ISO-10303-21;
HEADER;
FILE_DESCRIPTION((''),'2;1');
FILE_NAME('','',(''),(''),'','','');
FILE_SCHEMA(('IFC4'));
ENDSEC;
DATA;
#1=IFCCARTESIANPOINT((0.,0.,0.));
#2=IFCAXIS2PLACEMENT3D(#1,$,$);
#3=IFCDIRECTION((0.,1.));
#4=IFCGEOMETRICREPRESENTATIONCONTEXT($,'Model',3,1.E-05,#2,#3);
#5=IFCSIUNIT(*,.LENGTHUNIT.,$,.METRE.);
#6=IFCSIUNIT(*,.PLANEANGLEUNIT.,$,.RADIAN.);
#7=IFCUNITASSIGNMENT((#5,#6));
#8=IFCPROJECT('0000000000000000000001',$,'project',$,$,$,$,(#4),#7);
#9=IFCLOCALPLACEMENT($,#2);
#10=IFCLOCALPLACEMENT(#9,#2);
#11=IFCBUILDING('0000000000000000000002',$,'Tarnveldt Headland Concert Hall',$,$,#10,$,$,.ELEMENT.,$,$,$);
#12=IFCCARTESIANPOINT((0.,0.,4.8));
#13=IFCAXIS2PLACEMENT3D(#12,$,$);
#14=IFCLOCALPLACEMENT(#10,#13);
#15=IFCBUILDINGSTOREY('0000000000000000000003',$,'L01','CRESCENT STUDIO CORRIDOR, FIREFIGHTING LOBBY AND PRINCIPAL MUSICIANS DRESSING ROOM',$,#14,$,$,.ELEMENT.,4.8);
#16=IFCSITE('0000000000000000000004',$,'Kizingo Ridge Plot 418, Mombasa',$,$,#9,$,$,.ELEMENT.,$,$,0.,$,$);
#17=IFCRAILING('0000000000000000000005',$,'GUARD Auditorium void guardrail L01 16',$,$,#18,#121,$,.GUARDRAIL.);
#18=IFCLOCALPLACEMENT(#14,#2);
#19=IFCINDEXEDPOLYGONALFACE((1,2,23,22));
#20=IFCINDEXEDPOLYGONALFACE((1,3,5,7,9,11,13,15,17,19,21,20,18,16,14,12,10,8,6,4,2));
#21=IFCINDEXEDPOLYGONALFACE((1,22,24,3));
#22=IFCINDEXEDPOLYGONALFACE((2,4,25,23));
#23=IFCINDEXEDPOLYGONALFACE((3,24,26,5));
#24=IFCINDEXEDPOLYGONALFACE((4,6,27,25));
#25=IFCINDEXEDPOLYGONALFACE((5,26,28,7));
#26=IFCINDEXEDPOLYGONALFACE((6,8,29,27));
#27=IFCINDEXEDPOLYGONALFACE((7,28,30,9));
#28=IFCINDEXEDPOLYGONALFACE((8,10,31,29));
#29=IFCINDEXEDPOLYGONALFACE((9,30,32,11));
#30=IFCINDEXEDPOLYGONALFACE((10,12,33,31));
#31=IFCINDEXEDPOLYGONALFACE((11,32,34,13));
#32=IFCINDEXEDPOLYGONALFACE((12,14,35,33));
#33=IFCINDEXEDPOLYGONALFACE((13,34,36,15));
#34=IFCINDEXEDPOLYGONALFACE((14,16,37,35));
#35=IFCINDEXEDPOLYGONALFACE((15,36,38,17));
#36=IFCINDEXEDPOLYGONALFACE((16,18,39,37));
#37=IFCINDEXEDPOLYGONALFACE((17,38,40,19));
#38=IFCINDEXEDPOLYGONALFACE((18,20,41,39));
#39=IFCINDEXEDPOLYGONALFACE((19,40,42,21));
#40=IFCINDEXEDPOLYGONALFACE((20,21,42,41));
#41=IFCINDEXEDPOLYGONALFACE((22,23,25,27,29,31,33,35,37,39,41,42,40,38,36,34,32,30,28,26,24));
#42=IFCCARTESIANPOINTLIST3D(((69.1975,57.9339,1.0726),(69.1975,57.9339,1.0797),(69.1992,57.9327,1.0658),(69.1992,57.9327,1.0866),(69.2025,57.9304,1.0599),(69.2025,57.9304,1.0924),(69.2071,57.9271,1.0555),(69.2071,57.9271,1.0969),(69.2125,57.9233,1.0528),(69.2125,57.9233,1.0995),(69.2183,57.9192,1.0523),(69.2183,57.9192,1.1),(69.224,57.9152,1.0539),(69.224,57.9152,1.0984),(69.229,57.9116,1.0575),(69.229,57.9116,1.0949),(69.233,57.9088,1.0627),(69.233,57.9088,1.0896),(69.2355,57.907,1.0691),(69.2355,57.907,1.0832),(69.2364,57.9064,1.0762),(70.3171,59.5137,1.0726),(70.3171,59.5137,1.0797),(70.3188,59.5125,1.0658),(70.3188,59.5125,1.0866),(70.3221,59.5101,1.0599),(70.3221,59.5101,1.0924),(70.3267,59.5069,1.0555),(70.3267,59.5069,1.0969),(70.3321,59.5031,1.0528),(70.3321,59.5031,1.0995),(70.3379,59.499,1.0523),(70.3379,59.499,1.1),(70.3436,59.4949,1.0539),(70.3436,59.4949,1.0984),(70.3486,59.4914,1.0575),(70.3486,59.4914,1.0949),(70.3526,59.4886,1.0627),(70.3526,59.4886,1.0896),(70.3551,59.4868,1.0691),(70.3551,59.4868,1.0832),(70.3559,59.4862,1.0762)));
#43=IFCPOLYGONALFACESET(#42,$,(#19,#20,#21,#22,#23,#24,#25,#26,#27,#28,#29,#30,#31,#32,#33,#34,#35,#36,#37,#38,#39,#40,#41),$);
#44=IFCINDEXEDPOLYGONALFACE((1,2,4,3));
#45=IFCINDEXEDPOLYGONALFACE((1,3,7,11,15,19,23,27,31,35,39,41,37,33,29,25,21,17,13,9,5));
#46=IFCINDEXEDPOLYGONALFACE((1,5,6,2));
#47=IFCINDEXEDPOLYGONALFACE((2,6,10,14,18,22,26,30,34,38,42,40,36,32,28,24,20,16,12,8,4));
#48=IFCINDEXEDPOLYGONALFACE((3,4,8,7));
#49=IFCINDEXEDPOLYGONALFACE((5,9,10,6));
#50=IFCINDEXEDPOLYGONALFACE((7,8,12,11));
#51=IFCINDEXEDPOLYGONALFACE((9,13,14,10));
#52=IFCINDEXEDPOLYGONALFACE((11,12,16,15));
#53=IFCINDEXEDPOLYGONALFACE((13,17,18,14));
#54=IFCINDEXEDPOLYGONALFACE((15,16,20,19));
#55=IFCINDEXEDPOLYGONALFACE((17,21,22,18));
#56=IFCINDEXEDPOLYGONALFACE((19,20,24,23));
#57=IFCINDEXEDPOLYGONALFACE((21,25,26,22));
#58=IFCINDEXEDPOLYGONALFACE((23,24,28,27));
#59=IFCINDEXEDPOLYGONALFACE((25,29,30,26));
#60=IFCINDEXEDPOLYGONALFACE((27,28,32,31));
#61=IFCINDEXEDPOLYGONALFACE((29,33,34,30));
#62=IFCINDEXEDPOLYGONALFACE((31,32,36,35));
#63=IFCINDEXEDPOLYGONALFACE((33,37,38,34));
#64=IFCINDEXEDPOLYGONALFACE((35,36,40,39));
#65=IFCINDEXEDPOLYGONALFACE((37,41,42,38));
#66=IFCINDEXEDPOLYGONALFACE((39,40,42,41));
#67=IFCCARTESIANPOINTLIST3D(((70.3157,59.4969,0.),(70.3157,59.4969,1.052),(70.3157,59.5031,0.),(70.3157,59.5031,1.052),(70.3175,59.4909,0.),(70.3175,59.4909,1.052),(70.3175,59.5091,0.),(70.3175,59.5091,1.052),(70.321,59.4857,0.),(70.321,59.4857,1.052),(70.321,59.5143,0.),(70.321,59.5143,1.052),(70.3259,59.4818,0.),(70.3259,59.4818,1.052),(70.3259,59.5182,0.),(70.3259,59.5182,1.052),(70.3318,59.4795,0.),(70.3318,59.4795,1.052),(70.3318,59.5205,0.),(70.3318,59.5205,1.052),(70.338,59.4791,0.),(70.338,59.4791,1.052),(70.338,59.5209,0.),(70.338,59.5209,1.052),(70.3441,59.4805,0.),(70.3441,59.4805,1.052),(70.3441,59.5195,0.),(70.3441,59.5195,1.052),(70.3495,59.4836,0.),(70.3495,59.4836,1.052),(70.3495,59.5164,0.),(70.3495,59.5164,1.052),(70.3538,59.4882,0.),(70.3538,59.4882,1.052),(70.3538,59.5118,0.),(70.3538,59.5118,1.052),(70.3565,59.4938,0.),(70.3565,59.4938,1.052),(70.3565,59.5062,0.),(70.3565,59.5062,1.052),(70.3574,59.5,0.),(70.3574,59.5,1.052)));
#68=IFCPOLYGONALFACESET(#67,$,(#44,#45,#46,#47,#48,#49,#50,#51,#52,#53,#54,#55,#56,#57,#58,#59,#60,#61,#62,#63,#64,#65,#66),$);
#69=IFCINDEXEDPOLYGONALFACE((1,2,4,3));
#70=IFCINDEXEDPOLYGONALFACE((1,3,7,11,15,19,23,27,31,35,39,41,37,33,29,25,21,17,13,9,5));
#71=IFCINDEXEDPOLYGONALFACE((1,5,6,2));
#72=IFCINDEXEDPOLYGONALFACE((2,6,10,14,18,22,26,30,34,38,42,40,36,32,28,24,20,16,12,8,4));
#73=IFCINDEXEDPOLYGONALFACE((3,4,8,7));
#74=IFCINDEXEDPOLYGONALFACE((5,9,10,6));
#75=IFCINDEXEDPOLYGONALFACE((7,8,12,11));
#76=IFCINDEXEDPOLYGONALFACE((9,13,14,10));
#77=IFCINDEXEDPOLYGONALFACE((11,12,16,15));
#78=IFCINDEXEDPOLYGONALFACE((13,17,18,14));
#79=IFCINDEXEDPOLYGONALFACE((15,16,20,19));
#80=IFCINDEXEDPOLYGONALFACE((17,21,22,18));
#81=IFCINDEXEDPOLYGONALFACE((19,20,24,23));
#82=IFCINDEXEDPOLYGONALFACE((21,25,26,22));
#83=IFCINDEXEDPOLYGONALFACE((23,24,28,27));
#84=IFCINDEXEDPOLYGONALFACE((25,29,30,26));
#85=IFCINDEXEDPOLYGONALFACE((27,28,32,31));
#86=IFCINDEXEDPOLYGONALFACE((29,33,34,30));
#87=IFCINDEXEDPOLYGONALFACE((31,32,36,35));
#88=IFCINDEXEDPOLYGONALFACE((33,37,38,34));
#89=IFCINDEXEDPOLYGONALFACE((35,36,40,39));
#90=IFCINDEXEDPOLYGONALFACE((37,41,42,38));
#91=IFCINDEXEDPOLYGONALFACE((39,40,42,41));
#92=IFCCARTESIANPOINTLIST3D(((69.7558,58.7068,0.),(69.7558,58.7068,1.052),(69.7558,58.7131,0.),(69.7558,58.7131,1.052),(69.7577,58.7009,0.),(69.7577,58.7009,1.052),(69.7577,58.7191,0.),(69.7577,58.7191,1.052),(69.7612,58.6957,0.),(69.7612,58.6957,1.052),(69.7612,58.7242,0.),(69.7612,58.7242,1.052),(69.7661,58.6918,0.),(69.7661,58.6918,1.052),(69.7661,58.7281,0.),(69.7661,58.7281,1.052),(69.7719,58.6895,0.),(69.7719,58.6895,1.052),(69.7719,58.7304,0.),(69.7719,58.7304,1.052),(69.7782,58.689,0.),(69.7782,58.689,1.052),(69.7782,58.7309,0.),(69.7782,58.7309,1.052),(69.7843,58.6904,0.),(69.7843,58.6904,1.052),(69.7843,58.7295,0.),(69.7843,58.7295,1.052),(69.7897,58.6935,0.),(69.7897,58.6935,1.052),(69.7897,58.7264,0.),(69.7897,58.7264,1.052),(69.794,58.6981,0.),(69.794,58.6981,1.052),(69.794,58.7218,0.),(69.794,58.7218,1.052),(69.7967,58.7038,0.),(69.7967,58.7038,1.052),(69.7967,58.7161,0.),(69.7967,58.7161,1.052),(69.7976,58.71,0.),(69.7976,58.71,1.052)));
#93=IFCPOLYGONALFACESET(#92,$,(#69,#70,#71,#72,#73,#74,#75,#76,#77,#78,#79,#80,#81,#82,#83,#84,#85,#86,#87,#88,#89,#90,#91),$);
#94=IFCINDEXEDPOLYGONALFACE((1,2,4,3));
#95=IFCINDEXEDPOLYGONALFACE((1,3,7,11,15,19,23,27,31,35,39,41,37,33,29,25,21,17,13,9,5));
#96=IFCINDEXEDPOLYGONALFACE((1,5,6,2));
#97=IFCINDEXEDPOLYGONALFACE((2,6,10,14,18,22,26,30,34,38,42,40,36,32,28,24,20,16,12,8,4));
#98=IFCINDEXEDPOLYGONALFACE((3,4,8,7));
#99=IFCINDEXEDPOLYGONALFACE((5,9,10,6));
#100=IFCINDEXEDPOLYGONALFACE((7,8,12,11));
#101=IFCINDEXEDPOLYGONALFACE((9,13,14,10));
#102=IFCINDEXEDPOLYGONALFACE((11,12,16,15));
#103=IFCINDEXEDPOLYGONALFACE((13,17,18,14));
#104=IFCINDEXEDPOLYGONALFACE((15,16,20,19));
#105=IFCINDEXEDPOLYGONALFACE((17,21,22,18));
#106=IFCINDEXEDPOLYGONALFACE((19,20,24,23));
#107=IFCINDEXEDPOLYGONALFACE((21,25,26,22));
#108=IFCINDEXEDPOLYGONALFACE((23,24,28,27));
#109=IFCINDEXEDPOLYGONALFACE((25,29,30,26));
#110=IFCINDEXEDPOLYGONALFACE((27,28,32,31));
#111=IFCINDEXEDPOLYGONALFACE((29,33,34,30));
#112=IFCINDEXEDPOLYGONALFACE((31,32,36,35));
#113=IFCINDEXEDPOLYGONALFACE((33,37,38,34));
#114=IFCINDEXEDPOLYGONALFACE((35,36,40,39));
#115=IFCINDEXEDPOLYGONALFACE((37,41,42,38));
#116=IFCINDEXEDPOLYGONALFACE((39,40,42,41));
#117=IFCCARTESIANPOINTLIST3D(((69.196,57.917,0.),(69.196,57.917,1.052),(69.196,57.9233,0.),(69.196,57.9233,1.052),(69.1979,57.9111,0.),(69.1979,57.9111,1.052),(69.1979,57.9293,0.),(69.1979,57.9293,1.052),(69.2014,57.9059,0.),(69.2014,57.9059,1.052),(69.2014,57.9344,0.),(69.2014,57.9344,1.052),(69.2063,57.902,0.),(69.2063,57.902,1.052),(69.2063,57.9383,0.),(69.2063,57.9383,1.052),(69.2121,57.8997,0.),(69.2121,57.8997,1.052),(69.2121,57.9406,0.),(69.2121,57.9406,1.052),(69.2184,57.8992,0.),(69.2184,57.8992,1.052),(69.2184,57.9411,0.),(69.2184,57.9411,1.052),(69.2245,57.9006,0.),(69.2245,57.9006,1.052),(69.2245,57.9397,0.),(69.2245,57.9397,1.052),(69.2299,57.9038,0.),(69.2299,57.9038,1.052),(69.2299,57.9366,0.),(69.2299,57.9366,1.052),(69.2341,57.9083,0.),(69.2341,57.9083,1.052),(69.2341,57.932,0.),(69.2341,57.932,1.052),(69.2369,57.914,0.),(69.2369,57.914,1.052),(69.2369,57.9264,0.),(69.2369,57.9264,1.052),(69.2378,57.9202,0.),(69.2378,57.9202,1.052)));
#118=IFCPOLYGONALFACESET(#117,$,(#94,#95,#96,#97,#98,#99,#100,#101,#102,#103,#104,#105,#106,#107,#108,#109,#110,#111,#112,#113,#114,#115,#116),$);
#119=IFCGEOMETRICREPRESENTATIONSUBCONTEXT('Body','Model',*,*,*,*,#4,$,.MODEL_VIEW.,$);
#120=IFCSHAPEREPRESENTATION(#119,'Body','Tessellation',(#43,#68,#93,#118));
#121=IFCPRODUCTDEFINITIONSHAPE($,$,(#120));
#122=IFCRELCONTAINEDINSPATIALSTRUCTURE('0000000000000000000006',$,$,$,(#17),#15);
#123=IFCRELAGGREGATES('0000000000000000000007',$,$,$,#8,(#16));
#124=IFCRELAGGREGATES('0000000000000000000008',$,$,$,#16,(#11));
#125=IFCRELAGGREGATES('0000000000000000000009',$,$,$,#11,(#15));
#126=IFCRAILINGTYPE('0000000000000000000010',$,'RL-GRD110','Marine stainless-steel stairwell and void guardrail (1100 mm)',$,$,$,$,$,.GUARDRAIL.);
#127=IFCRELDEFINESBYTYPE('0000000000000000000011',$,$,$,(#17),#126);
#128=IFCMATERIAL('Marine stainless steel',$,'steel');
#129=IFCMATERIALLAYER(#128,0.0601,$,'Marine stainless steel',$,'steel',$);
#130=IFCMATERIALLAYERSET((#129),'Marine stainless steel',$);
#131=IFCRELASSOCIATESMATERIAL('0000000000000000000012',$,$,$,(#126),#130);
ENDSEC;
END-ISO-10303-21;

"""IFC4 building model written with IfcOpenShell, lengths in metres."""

from ifc_helpers import new_model, si_unit, direction, frame, origin, origin_2d, place, context, subcontext, project, spatial, circle, extrude, material, layer, layer_set, type_object, element, save


model = new_model("IFC4")

# Units and contexts
model_context = context("Model", 3, precision=1e-05, world=origin(), true_north=direction((0.0, 1.0)))
body_context = subcontext(model_context, "Body", "Model", "MODEL_VIEW")
ifc_project = project(units=[si_unit("LENGTHUNIT", "METRE"), si_unit("PLANEANGLEUNIT", "RADIAN")], contexts=[model_context])

# Site, building, storey
site_placement = place(None, origin())
site = spatial("IfcSite", under=ifc_project, at=site_placement, Name="Kizingo Ridge Plot 418, Mombasa", CompositionType="ELEMENT", RefElevation=0.0)
building_placement = place(site_placement, origin())
building = spatial("IfcBuilding", under=site, at=building_placement, Name="Tarnveldt Headland Concert Hall", CompositionType="ELEMENT")
storey_placement = place(building_placement, frame((0.0, 0.0, 4.8)))
storey = spatial("IfcBuildingStorey", under=building, at=storey_placement, Name="L01", Description="CRESCENT STUDIO CORRIDOR, FIREFIGHTING LOBBY AND PRINCIPAL MUSICIANS DRESSING ROOM", CompositionType="ELEMENT", Elevation=4.8)

# Railing
ifc_material_1 = material(Name="Marine stainless steel", Category="steel")
ifc_layer_1 = layer(ifc_material_1, 0.0601, Name="Marine stainless steel", Category="steel")
ifc_layer_set_1 = layer_set([ifc_layer_1], Name="Marine stainless steel")
railing_type = type_object("IfcRailingType", Name="RL-GRD110", Description="Marine stainless-steel stairwell and void guardrail (1100 mm)", PredefinedType="GUARDRAIL", material=ifc_layer_set_1)
railing_1_placement = place(storey_placement, frame((70.3364, 59.5, 0.0)))
element("IfcRailing", 1, at=railing_1_placement, inside=storey, type_object=railing_type, Name="GUARD Auditorium void guardrail L01 16", PredefinedType="GUARDRAIL", context=body_context, shape_type="SweptSolid", body=[
    extrude(circle(Radius=0.0239, at=origin_2d()), frame((0.0, 0.0, 1.0762), z_axis=(-0.578217, -0.815883, 0.0), x_axis=(0.815883, -0.578217, 0.0)), (0.0, 0.0, 1.0), 1.9363),
    extrude(circle(Radius=0.021, at=origin_2d()), origin(), (0.0, 0.0, 1.0), 1.052),
    extrude(circle(Radius=0.021, at=origin_2d()), frame((-0.5598, -0.79, 0.0)), (0.0, 0.0, 1.0), 1.052),
    extrude(circle(Radius=0.021, at=origin_2d()), frame((-1.1196, -1.5798, 0.0)), (0.0, 0.0, 1.0), 1.052),
])

save(model, "model.ifc")
